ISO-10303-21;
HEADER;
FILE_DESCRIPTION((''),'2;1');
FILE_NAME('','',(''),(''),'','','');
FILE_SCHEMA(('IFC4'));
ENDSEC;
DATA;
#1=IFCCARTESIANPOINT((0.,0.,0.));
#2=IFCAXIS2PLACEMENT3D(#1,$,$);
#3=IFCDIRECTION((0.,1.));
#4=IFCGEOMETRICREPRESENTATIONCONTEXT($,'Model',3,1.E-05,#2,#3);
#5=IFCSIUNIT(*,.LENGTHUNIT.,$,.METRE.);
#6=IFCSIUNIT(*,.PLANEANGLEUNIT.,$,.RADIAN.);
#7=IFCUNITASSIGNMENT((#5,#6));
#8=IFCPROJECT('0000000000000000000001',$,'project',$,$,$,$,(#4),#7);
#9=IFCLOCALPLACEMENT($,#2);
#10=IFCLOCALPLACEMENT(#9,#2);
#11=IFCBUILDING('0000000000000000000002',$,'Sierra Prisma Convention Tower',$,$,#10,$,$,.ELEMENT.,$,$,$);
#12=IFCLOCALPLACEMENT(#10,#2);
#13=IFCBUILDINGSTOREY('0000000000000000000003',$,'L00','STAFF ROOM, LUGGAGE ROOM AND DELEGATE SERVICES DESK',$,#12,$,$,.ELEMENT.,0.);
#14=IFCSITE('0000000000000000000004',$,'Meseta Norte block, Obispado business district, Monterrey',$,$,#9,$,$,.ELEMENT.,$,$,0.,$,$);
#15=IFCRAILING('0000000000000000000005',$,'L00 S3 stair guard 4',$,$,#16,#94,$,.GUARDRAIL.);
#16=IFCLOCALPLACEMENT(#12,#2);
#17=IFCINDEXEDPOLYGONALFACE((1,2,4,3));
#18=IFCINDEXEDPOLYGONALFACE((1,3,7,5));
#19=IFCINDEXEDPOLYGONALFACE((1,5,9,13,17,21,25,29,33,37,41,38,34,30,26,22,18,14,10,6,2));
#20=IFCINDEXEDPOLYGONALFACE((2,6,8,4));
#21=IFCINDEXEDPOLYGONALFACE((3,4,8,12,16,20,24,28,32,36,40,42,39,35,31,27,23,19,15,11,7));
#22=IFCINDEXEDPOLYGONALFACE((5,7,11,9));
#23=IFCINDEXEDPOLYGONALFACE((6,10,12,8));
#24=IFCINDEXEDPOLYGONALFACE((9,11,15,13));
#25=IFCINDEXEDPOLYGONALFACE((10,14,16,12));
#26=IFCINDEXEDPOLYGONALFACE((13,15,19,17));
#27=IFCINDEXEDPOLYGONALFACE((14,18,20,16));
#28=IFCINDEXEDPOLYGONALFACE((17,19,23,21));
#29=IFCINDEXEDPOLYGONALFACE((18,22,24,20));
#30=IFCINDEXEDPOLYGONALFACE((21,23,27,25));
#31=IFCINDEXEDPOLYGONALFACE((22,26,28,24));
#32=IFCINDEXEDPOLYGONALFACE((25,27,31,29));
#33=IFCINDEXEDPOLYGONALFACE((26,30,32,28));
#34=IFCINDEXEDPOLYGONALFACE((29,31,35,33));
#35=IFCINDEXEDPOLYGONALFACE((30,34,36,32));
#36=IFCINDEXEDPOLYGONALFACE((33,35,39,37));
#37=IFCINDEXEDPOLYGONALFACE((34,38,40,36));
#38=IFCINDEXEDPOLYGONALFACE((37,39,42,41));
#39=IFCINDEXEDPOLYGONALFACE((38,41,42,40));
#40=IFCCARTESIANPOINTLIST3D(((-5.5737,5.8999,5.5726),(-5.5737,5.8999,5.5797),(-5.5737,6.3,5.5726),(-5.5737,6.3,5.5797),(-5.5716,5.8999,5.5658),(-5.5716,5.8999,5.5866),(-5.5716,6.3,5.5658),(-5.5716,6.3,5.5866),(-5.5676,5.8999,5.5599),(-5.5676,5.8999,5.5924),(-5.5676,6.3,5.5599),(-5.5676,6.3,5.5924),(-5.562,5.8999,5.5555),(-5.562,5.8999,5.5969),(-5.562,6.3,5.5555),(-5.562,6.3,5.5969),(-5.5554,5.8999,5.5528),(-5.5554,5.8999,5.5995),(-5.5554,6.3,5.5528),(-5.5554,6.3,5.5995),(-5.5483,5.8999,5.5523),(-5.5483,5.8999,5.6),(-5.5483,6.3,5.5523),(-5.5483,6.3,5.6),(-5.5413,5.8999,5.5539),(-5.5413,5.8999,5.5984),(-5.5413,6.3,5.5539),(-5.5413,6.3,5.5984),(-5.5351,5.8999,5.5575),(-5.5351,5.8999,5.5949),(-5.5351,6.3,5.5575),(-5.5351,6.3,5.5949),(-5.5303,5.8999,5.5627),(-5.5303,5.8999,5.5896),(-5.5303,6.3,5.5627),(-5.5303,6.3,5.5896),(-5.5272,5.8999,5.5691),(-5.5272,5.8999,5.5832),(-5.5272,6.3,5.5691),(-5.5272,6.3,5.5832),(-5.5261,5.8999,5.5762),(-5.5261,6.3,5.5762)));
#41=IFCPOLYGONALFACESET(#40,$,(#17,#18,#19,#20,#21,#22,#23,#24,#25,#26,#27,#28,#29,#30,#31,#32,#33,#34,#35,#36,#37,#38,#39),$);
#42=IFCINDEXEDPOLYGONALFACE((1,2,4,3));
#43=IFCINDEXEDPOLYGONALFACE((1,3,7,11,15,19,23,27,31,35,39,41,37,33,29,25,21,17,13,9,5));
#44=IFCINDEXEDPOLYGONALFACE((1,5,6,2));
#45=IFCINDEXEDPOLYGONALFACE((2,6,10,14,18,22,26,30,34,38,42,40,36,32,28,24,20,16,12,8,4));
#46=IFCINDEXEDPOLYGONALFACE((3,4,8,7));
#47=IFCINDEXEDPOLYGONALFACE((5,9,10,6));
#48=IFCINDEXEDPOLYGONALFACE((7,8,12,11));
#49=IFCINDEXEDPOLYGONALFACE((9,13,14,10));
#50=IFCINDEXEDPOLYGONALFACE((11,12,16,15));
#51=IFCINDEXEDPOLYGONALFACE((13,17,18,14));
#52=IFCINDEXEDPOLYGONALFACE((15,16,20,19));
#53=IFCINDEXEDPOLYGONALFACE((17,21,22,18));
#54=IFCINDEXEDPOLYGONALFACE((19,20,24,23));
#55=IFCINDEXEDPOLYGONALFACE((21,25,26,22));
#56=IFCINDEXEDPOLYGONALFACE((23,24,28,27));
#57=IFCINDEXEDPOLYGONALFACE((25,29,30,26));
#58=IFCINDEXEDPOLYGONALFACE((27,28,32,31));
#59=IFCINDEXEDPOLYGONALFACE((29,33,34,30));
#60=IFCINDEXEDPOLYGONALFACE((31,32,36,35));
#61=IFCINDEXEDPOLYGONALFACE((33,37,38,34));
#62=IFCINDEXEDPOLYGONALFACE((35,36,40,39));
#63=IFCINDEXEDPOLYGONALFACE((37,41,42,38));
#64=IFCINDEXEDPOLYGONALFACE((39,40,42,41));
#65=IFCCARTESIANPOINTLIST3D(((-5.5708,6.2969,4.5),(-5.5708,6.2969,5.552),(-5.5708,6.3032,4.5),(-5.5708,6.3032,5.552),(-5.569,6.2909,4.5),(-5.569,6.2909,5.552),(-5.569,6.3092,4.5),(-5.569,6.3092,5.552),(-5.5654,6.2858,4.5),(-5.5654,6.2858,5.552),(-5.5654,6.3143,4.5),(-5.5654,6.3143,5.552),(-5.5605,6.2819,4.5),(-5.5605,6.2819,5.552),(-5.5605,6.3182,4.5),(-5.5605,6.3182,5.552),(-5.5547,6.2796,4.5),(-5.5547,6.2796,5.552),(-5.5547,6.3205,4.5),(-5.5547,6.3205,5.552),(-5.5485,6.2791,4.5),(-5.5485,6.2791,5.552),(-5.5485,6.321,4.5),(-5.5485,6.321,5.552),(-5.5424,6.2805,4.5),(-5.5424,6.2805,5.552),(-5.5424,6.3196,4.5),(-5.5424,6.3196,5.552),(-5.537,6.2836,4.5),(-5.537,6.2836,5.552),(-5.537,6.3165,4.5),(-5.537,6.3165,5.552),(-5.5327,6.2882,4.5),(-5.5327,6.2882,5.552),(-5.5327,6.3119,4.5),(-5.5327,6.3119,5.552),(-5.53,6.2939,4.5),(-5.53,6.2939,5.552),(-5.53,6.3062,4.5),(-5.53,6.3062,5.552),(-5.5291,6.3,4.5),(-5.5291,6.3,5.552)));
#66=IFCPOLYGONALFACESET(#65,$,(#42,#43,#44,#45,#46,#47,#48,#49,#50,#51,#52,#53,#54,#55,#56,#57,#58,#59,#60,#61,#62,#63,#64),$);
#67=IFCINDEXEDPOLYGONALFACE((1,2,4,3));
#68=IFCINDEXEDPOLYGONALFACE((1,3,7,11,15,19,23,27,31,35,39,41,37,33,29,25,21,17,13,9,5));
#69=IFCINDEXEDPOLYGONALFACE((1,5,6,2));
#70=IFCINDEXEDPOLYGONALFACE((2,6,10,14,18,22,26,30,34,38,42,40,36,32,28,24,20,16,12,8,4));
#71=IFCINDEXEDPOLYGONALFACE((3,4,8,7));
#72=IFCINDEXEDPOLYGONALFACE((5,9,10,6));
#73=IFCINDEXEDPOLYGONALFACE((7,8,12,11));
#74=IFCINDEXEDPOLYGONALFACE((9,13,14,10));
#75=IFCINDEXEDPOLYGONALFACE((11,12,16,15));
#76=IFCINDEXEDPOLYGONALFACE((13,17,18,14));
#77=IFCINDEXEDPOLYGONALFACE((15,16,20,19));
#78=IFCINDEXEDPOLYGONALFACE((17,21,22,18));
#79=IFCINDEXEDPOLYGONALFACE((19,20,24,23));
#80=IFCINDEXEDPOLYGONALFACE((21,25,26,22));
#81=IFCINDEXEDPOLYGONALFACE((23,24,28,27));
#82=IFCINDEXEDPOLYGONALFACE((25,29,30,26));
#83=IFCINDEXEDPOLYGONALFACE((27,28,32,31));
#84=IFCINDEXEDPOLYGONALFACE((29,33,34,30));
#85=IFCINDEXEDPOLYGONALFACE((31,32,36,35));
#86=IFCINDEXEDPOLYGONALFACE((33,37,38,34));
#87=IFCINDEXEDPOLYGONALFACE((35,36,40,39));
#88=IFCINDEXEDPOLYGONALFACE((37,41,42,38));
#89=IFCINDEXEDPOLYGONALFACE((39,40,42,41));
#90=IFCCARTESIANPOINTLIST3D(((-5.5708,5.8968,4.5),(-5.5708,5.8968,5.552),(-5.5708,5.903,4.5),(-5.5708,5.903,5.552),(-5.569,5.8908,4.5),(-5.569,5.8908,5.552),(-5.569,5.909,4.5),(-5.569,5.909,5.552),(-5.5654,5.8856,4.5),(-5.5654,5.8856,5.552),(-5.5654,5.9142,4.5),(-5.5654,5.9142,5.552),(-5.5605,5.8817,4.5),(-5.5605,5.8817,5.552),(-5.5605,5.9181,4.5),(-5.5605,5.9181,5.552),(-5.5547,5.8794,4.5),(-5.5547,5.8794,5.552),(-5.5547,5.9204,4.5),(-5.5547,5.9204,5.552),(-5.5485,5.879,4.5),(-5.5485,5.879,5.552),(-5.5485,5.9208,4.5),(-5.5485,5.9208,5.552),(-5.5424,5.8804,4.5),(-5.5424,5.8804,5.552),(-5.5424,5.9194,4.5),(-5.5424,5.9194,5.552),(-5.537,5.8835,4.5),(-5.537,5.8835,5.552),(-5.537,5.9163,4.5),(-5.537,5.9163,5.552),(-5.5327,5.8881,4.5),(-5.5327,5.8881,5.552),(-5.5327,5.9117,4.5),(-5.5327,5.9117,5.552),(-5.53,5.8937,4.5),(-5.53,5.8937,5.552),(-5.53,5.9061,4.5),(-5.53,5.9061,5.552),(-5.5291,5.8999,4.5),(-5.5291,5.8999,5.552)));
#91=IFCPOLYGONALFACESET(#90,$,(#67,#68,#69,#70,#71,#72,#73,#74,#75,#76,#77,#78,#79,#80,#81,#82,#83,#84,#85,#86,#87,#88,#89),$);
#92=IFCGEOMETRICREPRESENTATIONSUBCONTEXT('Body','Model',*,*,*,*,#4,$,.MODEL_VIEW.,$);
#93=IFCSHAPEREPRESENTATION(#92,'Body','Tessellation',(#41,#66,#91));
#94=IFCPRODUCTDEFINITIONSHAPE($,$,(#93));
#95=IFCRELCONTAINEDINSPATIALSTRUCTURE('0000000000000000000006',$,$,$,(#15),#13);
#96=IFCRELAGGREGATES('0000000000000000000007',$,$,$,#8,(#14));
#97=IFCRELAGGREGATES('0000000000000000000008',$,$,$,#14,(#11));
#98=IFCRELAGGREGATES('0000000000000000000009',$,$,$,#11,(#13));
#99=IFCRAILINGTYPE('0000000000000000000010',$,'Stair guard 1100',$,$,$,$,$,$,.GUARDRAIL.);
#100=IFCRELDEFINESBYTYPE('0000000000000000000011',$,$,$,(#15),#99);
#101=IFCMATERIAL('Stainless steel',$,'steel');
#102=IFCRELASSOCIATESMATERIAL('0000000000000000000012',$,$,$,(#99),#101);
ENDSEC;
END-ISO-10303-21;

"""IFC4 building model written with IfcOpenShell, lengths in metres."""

from ifc_helpers import new_model, si_unit, direction, frame, origin, origin_2d, place, context, subcontext, project, spatial, circle, extrude, material, type_object, element, save


model = new_model("IFC4")

# Units and contexts
model_context = context("Model", 3, precision=1e-05, world=origin(), true_north=direction((0.0, 1.0)))
body_context = subcontext(model_context, "Body", "Model", "MODEL_VIEW")
ifc_project = project(units=[si_unit("LENGTHUNIT", "METRE"), si_unit("PLANEANGLEUNIT", "RADIAN")], contexts=[model_context])

# Site, building, storey
site_placement = place(None, origin())
site = spatial("IfcSite", under=ifc_project, at=site_placement, Name="Meseta Norte block, Obispado business district, Monterrey", CompositionType="ELEMENT", RefElevation=0.0)
building_placement = place(site_placement, origin())
building = spatial("IfcBuilding", under=site, at=building_placement, Name="Sierra Prisma Convention Tower", CompositionType="ELEMENT")
storey_placement = place(building_placement, origin())
storey = spatial("IfcBuildingStorey", under=building, at=storey_placement, Name="L00", Description="STAFF ROOM, LUGGAGE ROOM AND DELEGATE SERVICES DESK", CompositionType="ELEMENT", Elevation=0.0)

# Railing
ifc_material_1 = material(Name="Stainless steel", Category="steel")
railing_type_1 = type_object("IfcRailingType", Name="Stair guard 1100", PredefinedType="GUARDRAIL", material=ifc_material_1)
railing_1_placement = place(storey_placement, frame((-5.55, 6.3, 4.5)))
element("IfcRailing", 1, at=railing_1_placement, inside=storey, type_object=railing_type_1, Name="L00 S3 stair guard 4", PredefinedType="GUARDRAIL", context=body_context, shape_type="SweptSolid", body=[
    extrude(circle(Radius=0.0239, at=origin_2d()), frame((0.0, 0.0, 1.0762), z_axis=(0.0, -1.0, 0.0), x_axis=(1.0, 0.0, 0.0)), (0.0, 0.0, 1.0), 0.4001),
    extrude(circle(Radius=0.021, at=origin_2d()), origin(), (0.0, 0.0, 1.0), 1.052),
    extrude(circle(Radius=0.021, at=origin_2d()), frame((0.0, -0.4001, 0.0)), (0.0, 0.0, 1.0), 1.052),
])

save(model, "model.ifc")
